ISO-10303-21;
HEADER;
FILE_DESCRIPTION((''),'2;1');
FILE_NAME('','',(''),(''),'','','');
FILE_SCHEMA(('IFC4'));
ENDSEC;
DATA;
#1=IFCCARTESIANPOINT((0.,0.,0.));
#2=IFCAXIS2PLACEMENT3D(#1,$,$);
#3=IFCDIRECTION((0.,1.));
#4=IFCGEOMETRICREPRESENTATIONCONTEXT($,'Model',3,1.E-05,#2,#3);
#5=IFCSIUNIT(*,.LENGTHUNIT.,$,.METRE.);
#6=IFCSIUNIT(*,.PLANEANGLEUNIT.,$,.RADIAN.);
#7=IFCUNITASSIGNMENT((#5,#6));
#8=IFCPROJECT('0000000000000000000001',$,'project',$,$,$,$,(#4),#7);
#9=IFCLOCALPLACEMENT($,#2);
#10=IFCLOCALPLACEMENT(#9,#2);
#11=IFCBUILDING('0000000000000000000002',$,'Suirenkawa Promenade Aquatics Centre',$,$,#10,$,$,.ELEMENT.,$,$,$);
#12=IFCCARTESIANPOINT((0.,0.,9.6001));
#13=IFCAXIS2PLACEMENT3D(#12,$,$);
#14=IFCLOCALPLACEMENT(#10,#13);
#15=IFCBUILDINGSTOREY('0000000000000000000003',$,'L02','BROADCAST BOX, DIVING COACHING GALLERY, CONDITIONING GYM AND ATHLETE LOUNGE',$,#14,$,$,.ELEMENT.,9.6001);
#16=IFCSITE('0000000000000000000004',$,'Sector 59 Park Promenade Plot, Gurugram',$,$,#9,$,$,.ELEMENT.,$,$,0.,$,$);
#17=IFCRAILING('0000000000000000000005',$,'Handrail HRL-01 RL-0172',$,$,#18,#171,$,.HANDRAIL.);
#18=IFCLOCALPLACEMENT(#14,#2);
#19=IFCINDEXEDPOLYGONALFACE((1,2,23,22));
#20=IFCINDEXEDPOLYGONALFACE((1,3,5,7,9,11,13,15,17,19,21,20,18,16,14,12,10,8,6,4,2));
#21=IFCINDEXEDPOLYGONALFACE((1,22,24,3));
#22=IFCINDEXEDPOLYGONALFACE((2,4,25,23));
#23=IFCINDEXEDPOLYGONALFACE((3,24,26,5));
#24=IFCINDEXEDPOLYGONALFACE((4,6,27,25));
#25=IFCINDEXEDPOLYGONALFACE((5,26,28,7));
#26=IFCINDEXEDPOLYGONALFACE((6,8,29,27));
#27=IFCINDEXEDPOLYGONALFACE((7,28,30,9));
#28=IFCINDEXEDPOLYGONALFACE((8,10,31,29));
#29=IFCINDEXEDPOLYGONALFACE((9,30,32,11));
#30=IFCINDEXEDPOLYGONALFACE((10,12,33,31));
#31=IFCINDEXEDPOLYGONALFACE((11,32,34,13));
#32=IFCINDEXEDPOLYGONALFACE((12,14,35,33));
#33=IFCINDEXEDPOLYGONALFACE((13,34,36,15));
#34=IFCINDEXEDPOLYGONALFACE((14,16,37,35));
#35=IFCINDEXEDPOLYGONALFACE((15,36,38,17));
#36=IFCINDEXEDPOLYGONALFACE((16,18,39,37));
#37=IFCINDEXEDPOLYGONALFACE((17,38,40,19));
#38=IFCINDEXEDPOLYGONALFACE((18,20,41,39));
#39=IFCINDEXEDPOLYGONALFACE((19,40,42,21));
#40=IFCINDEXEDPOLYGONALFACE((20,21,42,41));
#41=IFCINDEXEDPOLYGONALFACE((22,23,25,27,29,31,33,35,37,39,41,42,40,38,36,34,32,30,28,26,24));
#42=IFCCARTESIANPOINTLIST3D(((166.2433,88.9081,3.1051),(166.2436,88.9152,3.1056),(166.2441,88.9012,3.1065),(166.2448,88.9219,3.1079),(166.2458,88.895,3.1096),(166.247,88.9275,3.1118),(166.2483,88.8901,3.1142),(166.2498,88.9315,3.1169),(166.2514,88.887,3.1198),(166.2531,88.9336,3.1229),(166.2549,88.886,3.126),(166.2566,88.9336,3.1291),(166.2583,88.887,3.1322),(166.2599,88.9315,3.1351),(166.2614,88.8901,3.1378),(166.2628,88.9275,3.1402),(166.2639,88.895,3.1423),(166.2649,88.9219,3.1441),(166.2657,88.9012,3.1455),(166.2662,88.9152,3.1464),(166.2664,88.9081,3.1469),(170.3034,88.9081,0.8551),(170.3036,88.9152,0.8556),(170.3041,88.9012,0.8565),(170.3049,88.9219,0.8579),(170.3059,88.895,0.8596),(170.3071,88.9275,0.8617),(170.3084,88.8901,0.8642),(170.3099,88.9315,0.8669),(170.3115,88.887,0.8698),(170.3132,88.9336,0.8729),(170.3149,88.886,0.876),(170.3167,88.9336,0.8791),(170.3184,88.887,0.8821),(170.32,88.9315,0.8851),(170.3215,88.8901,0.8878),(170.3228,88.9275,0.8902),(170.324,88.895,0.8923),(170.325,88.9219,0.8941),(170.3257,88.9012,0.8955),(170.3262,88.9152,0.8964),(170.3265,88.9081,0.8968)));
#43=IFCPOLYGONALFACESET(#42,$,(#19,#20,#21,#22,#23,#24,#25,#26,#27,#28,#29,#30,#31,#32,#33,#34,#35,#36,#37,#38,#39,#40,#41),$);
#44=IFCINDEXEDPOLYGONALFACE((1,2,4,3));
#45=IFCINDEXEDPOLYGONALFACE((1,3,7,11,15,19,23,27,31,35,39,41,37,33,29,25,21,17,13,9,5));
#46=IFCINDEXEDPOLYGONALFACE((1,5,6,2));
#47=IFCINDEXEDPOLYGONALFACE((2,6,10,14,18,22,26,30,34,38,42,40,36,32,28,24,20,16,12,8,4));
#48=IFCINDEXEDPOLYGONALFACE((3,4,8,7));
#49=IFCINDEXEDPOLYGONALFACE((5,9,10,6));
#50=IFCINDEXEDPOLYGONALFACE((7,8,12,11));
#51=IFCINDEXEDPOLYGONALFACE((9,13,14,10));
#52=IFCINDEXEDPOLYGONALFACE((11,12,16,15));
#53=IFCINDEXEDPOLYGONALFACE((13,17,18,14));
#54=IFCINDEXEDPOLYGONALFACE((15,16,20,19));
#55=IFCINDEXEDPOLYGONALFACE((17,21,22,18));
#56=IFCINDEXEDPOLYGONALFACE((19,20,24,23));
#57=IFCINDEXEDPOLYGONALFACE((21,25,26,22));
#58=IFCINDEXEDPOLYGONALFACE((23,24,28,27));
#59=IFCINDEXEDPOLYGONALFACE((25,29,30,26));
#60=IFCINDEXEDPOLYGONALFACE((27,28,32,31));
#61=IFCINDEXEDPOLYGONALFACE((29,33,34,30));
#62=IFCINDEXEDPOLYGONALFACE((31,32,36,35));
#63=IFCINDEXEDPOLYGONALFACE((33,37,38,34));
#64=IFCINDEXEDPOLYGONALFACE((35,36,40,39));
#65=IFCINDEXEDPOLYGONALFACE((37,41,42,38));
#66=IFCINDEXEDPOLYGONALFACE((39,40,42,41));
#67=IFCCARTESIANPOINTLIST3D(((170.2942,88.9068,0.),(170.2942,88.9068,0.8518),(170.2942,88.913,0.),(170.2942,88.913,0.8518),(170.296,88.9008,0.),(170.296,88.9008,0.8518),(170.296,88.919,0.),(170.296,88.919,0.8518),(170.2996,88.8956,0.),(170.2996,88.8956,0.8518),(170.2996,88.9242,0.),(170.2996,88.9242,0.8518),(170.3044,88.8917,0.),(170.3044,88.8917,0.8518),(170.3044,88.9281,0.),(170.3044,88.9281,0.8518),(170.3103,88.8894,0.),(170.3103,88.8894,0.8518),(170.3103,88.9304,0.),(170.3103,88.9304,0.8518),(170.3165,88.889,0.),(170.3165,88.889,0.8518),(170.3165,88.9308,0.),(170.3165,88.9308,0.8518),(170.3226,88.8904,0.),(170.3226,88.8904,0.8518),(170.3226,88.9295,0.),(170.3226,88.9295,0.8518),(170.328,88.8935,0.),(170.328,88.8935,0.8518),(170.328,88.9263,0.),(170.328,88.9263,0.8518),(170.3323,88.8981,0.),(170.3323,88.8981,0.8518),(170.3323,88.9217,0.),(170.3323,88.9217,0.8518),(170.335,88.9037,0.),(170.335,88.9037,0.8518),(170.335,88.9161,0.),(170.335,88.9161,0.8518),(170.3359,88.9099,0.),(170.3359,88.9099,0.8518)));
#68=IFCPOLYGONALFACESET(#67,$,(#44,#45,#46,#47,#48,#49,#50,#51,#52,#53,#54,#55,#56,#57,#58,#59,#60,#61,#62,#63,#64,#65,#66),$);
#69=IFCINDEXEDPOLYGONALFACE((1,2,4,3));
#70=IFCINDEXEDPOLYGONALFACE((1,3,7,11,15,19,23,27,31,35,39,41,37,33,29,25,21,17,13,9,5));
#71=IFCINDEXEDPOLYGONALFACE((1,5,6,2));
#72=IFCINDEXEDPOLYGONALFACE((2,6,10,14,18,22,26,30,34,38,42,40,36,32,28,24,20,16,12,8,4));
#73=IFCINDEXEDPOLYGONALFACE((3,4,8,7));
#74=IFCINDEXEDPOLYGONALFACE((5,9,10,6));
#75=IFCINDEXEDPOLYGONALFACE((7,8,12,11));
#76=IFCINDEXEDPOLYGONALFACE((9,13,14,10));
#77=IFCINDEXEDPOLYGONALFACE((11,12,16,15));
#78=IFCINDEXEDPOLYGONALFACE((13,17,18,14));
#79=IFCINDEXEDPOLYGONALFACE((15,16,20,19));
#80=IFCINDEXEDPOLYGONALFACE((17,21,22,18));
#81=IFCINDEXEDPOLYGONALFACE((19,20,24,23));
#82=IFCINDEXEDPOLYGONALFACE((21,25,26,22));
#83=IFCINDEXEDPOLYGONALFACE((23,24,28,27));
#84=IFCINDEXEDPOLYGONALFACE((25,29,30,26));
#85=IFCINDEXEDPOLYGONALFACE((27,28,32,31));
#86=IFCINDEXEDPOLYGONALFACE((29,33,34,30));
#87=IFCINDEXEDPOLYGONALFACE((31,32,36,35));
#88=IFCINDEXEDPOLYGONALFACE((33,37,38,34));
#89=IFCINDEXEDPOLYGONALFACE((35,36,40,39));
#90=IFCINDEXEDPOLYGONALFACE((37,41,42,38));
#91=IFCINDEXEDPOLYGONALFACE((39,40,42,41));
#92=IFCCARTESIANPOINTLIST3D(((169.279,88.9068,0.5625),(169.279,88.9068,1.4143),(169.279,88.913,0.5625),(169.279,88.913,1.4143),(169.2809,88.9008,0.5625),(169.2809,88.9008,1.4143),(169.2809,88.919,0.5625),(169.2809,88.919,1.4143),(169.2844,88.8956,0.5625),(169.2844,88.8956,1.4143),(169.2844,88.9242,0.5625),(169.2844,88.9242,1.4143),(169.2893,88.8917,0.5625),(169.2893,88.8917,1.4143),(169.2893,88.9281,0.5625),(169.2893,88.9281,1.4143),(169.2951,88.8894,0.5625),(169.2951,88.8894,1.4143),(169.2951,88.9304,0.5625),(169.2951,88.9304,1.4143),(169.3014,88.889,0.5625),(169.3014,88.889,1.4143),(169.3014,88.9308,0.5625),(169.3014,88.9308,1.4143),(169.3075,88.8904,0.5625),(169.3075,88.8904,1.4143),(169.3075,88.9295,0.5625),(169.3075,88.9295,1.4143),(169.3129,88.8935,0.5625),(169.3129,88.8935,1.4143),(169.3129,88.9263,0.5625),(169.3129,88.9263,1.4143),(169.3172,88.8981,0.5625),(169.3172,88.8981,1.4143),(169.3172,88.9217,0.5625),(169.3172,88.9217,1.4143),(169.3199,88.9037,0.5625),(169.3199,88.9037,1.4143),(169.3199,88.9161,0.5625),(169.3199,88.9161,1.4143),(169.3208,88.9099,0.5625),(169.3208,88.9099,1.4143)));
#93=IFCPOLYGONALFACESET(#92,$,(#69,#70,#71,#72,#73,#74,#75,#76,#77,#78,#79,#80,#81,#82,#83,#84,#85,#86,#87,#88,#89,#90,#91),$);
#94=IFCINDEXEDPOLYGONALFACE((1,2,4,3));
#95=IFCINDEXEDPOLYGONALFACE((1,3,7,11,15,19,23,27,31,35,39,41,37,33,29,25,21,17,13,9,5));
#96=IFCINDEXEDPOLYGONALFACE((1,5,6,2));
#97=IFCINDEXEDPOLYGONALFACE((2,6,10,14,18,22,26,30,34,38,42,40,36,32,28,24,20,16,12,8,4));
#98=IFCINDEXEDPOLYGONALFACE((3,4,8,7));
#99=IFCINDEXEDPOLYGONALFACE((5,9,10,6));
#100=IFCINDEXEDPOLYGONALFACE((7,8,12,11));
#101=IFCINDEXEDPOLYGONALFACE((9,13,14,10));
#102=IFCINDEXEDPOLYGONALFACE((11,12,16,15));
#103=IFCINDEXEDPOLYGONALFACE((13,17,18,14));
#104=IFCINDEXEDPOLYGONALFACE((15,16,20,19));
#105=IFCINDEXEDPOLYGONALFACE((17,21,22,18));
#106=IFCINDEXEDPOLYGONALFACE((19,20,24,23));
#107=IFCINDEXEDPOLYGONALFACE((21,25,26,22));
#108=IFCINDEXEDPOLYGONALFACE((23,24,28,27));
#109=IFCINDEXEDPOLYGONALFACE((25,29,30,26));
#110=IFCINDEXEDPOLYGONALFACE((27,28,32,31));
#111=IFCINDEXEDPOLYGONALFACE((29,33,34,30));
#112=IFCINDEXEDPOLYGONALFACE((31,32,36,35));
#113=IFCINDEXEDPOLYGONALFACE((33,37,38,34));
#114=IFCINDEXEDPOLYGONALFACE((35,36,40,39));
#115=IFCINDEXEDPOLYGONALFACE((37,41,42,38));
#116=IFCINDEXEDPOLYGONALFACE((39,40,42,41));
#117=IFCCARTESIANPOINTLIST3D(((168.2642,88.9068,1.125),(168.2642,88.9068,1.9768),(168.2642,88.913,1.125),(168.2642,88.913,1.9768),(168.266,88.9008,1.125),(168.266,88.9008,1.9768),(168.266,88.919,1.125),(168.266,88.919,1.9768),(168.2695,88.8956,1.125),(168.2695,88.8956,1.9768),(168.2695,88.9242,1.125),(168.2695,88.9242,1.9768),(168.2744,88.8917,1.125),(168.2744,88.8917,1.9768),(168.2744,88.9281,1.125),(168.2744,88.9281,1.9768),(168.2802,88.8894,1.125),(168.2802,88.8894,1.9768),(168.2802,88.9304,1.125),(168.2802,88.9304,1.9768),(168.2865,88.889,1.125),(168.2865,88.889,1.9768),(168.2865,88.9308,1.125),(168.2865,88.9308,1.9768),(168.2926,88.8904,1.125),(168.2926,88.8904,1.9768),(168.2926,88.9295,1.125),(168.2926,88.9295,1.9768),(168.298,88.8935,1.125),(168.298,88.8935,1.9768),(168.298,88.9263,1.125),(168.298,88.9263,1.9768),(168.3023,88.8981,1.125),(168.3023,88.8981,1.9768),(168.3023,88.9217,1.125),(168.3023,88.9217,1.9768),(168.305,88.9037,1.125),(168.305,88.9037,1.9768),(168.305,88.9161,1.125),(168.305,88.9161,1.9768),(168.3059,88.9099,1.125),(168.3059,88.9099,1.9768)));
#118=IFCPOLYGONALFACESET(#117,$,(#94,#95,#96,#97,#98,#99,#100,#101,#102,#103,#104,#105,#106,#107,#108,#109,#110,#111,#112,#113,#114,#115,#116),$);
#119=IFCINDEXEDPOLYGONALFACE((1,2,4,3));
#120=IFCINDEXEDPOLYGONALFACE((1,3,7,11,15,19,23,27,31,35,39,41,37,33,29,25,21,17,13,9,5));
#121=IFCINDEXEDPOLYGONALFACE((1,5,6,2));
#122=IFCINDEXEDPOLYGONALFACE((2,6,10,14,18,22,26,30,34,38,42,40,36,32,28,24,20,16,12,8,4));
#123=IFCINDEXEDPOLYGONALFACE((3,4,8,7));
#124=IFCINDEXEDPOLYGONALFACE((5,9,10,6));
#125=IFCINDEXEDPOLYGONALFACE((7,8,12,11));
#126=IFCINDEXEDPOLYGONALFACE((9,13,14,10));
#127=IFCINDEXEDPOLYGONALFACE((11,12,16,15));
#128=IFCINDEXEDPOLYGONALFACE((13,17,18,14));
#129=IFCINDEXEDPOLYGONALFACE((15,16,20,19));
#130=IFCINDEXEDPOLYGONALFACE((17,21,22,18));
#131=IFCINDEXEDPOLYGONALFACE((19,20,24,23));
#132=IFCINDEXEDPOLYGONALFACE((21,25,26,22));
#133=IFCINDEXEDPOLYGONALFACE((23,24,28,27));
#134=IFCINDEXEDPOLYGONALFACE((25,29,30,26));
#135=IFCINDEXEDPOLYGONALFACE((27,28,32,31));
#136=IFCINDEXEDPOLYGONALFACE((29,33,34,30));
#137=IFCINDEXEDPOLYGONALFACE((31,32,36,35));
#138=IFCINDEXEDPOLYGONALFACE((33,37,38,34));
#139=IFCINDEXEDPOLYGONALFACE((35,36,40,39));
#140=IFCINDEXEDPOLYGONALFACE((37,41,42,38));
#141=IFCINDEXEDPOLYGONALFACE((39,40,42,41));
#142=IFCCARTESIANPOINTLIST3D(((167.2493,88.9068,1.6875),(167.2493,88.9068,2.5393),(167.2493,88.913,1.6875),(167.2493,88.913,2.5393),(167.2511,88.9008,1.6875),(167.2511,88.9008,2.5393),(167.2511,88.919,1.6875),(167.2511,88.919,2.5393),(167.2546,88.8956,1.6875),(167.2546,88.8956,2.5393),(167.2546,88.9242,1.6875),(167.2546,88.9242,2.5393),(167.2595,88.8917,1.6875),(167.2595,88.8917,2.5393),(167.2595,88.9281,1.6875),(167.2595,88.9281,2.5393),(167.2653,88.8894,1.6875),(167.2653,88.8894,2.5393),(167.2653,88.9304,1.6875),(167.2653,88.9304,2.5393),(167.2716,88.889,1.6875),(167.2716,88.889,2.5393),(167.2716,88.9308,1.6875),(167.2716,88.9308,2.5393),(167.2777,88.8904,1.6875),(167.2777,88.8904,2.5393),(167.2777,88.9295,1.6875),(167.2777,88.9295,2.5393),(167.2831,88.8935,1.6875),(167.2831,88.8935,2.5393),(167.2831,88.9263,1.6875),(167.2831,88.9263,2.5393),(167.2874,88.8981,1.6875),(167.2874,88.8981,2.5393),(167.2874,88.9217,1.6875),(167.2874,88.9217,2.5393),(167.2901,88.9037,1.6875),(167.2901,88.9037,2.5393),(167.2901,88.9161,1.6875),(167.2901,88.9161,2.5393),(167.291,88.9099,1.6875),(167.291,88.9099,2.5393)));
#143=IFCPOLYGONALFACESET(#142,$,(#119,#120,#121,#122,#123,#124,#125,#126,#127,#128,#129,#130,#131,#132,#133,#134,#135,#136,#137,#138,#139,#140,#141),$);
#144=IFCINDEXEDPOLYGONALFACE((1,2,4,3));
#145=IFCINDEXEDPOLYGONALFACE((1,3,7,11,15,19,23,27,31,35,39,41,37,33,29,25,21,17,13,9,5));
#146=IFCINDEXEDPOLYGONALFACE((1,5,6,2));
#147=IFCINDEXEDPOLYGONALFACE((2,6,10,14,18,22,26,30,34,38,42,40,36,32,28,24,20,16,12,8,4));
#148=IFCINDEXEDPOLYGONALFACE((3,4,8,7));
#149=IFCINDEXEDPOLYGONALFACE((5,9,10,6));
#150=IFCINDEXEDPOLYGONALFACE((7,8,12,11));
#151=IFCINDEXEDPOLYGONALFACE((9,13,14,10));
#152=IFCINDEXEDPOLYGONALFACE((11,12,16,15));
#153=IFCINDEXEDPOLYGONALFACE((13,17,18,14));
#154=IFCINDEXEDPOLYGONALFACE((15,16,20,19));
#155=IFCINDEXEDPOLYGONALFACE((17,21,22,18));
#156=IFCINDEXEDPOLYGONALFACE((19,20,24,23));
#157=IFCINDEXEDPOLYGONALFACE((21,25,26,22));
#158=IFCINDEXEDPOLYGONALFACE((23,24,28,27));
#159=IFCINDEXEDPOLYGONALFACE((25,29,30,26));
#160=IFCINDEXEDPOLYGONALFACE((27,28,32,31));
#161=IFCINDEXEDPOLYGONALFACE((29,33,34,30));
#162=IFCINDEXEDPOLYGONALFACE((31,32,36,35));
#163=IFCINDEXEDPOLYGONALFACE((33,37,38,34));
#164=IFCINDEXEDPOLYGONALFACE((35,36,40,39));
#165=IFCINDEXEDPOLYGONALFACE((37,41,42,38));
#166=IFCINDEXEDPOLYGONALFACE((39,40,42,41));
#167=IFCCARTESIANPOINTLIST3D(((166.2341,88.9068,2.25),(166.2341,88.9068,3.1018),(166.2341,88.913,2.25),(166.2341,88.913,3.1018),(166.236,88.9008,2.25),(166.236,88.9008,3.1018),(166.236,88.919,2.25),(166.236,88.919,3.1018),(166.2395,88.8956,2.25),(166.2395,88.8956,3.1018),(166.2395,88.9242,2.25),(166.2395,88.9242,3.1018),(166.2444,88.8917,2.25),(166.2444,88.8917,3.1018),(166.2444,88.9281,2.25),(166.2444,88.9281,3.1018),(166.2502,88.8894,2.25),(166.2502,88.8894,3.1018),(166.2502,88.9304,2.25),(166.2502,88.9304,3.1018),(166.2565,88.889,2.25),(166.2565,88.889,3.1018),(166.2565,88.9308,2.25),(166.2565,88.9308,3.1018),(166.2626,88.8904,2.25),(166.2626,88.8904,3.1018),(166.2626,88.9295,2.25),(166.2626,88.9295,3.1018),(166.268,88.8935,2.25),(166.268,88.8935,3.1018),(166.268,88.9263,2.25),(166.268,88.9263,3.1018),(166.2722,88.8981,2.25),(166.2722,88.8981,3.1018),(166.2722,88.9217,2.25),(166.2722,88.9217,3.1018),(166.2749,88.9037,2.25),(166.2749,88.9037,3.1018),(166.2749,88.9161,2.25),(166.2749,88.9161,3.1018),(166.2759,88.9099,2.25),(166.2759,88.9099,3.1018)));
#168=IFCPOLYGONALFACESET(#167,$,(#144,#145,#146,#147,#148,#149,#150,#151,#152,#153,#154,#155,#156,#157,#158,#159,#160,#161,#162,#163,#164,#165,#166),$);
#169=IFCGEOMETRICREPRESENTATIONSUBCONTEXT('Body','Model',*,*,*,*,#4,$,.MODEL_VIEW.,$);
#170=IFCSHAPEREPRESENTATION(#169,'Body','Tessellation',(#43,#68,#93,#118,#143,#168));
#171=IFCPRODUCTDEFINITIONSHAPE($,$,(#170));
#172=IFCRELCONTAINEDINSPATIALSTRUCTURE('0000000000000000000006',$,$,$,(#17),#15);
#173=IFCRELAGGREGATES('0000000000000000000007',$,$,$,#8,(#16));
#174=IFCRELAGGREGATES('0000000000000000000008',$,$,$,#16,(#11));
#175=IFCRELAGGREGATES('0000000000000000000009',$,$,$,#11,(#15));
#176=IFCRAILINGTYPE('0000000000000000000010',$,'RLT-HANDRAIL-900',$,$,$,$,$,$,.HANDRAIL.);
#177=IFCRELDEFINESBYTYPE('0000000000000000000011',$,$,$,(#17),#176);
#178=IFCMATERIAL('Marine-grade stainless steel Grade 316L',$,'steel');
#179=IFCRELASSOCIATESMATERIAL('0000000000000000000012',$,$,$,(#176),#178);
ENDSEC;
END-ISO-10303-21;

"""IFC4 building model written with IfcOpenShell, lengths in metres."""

from ifc_helpers import new_model, si_unit, direction, frame, origin, origin_2d, place, context, subcontext, project, spatial, circle, extrude, material, type_object, element, save


model = new_model("IFC4")

# Units and contexts
model_context = context("Model", 3, precision=1e-05, world=origin(), true_north=direction((0.0, 1.0)))
body_context = subcontext(model_context, "Body", "Model", "MODEL_VIEW")
ifc_project = project(units=[si_unit("LENGTHUNIT", "METRE"), si_unit("PLANEANGLEUNIT", "RADIAN")], contexts=[model_context])

# Site, building, storey
site_placement = place(None, origin())
site = spatial("IfcSite", under=ifc_project, at=site_placement, Name="Sector 59 Park Promenade Plot, Gurugram", CompositionType="ELEMENT", RefElevation=0.0)
building_placement = place(site_placement, origin())
building = spatial("IfcBuilding", under=site, at=building_placement, Name="Suirenkawa Promenade Aquatics Centre", CompositionType="ELEMENT")
storey_placement = place(building_placement, frame((0.0, 0.0, 9.6001)))
storey = spatial("IfcBuildingStorey", under=building, at=storey_placement, Name="L02", Description="BROADCAST BOX, DIVING COACHING GALLERY, CONDITIONING GYM AND ATHLETE LOUNGE", CompositionType="ELEMENT", Elevation=9.6001)

# Shared definitions
ifc_material_1 = material(Name="Marine-grade stainless steel Grade 316L", Category="steel")

# Railing
railing_type_1 = type_object("IfcRailingType", Name="RLT-HANDRAIL-900", PredefinedType="HANDRAIL", material=ifc_material_1)
railing_1_placement = place(storey_placement, frame((170.3149, 88.9099, 0.0)))
element("IfcRailing", 1, at=railing_1_placement, inside=storey, type_object=railing_type_1, Name="Handrail HRL-01 RL-0172", PredefinedType="HANDRAIL", context=body_context, shape_type="SweptSolid", body=[
    extrude(circle(Radius=0.0239, at=origin_2d()), frame((0.0, 0.0, 0.876), z_axis=(-0.874668, 0.0, 0.484723), x_axis=(0.0, -1.0, 0.0)), (0.0, 0.0, 1.0), 4.6418),
    extrude(circle(Radius=0.021, at=origin_2d()), origin(), (0.0, 0.0, 1.0), 0.8518),
    extrude(circle(Radius=0.021, at=origin_2d()), frame((-1.0151, 0.0, 0.5625)), (0.0, 0.0, 1.0), 0.8518),
    extrude(circle(Radius=0.021, at=origin_2d()), frame((-2.03, 0.0, 1.125)), (0.0, 0.0, 1.0), 0.8518),
    extrude(circle(Radius=0.021, at=origin_2d()), frame((-3.0449, 0.0, 1.6875)), (0.0, 0.0, 1.0), 0.8518),
    extrude(circle(Radius=0.021, at=origin_2d()), frame((-4.0601, 0.0, 2.25)), (0.0, 0.0, 1.0), 0.8518),
])

save(model, "model.ifc")
